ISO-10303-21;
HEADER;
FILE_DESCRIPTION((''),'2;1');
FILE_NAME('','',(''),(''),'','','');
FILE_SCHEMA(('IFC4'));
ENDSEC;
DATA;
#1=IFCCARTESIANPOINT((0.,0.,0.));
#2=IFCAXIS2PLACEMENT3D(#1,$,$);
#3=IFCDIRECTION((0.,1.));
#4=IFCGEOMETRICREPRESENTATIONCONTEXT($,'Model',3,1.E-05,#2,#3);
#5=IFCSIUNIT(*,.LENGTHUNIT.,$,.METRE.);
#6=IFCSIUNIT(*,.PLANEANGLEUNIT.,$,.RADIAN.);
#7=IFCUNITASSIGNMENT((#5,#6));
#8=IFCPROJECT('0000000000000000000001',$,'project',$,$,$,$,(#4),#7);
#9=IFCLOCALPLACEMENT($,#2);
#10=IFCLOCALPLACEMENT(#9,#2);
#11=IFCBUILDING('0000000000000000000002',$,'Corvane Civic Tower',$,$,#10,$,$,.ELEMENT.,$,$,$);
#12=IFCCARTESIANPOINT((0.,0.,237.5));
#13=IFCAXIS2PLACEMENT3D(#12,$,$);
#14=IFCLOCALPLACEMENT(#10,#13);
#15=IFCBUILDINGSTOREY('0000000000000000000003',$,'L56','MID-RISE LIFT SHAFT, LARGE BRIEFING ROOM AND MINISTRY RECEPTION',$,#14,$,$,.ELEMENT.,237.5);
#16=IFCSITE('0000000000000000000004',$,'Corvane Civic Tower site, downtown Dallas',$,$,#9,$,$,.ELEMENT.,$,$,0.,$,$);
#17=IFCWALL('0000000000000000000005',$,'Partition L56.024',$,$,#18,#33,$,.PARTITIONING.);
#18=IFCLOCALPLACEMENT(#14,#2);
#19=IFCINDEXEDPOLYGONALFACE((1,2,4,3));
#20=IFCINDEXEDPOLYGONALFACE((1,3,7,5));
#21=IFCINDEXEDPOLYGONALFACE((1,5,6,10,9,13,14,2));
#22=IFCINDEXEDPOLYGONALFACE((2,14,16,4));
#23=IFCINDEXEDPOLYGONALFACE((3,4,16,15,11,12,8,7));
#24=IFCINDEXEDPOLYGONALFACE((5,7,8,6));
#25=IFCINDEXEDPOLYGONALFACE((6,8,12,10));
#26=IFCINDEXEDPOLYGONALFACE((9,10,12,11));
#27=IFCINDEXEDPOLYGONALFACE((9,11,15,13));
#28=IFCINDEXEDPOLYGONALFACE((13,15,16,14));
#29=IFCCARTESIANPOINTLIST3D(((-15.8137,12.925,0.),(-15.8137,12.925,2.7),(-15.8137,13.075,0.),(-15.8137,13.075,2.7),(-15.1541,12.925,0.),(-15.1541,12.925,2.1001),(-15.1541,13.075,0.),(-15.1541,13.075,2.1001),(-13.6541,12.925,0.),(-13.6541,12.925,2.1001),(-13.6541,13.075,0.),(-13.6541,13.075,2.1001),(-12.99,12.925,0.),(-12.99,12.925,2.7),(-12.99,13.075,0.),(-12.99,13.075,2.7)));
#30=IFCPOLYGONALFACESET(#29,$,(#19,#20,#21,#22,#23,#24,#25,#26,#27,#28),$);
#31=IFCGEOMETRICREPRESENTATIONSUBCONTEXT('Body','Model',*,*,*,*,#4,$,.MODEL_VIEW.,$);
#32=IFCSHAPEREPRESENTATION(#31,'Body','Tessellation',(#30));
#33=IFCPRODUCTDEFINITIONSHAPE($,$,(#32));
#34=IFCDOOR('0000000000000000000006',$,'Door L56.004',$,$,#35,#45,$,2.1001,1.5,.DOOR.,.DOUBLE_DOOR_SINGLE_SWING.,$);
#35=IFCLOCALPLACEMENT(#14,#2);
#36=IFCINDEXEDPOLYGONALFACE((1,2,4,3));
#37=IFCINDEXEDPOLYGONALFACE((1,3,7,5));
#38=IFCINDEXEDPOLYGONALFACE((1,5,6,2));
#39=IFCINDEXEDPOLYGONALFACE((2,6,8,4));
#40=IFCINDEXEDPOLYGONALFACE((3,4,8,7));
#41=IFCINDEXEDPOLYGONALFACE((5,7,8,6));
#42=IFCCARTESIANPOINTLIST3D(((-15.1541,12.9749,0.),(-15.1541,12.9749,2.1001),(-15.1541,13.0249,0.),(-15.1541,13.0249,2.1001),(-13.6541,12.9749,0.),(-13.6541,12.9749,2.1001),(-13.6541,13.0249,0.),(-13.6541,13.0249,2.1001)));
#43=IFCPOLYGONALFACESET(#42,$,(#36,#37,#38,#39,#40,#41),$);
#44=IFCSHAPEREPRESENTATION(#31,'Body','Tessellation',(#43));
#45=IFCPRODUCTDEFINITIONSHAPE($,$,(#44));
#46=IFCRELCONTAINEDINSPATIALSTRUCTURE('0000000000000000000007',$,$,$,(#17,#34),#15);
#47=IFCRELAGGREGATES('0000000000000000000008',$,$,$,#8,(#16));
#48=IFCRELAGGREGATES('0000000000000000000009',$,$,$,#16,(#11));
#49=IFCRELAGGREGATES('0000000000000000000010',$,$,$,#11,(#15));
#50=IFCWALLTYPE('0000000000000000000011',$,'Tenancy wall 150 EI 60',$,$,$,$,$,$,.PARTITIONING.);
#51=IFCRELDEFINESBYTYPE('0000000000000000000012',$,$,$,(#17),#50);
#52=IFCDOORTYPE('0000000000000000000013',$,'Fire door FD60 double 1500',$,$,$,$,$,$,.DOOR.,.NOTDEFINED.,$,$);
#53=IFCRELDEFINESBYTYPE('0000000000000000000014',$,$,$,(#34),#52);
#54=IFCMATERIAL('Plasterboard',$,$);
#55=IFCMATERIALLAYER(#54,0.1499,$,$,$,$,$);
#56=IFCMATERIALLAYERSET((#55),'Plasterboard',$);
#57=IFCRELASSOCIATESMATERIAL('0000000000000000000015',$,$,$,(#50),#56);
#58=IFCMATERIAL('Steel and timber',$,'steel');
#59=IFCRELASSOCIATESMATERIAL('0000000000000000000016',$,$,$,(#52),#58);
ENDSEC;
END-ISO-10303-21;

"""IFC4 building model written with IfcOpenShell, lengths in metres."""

from ifc_helpers import new_model, si_unit, direction, frame, frame_2d, origin, place, context, subcontext, project, spatial, rectangle, extrude, material, layer, layer_set, type_object, element, fill, save


model = new_model("IFC4")

# Units and contexts
model_context = context("Model", 3, precision=1e-05, world=origin(), true_north=direction((0.0, 1.0)))
body_context = subcontext(model_context, "Body", "Model", "MODEL_VIEW")
ifc_project = project(units=[si_unit("LENGTHUNIT", "METRE"), si_unit("PLANEANGLEUNIT", "RADIAN")], contexts=[model_context])

# Site, building, storey
site_placement = place(None, origin())
site = spatial("IfcSite", under=ifc_project, at=site_placement, Name="Corvane Civic Tower site, downtown Dallas", CompositionType="ELEMENT", RefElevation=0.0)
building_placement = place(site_placement, origin())
building = spatial("IfcBuilding", under=site, at=building_placement, Name="Corvane Civic Tower", CompositionType="ELEMENT")
storey_placement = place(building_placement, frame((0.0, 0.0, 237.5)))
storey = spatial("IfcBuildingStorey", under=building, at=storey_placement, Name="L56", Description="MID-RISE LIFT SHAFT, LARGE BRIEFING ROOM AND MINISTRY RECEPTION", CompositionType="ELEMENT", Elevation=237.5)

# Wall, opening, door
ifc_material_1 = material(Name="Plasterboard")
ifc_layer_1 = layer(ifc_material_1, 0.1499)
ifc_layer_set_1 = layer_set([ifc_layer_1], Name="Plasterboard")
wall_type_1 = type_object("IfcWallType", Name="Tenancy wall 150 EI 60", PredefinedType="PARTITIONING", material=ifc_layer_set_1)
wall_1_placement = place(storey_placement, frame((-15.8137, 13.0, 0.0), z_axis=(0.0, 0.0, 1.0), x_axis=(1.0, 0.0, 0.0)))
wall_1 = element("IfcWall", 1, at=wall_1_placement, inside=storey, type_object=wall_type_1, Name="Partition L56.024", PredefinedType="PARTITIONING", context=body_context, shape_type="SweptSolid", body=[
    extrude(rectangle(XDim=2.8237, YDim=0.1499, at=frame_2d((1.4119, 0.0))), origin(), (0.0, 0.0, 1.0), 2.7),
])
opening_1_placement = place(wall_1_placement, frame((0.6597, 0.0, 0.0)))
opening_1 = element("IfcOpeningElement", 2, at=opening_1_placement, cuts=wall_1, PredefinedType="OPENING", context=body_context, shape_type="SweptSolid", body=[
    extrude(rectangle(XDim=1.5, YDim=2.1001, at=frame_2d((0.75, 1.05))), frame((0.0, 0.085, 0.0), z_axis=(0.0, -1.0, 0.0), x_axis=(1.0, 0.0, 0.0)), (0.0, 0.0, 1.0), 0.1699),
])
ifc_material_2 = material(Name="Steel and timber", Category="steel")
door_type_1 = type_object("IfcDoorType", Name="Fire door FD60 double 1500", OperationType="NOTDEFINED", PredefinedType="DOOR", material=ifc_material_2)
door_1_placement = place(opening_1_placement, origin())
door_1 = element("IfcDoor", 3, at=door_1_placement, inside=storey, type_object=door_type_1, Name="Door L56.004", OperationType="DOUBLE_DOOR_SINGLE_SWING", OverallHeight=2.1001, OverallWidth=1.5, PredefinedType="DOOR", context=body_context, shape_type="SweptSolid", body=[
    extrude(rectangle(XDim=1.5, YDim=2.1001, at=frame_2d((0.75, 1.05))), frame((0.0, 0.0249, 0.0), z_axis=(0.0, -1.0, 0.0), x_axis=(1.0, 0.0, 0.0)), (0.0, 0.0, 1.0), 0.05),
])
fill(opening_1, door_1)

save(model, "model.ifc")
